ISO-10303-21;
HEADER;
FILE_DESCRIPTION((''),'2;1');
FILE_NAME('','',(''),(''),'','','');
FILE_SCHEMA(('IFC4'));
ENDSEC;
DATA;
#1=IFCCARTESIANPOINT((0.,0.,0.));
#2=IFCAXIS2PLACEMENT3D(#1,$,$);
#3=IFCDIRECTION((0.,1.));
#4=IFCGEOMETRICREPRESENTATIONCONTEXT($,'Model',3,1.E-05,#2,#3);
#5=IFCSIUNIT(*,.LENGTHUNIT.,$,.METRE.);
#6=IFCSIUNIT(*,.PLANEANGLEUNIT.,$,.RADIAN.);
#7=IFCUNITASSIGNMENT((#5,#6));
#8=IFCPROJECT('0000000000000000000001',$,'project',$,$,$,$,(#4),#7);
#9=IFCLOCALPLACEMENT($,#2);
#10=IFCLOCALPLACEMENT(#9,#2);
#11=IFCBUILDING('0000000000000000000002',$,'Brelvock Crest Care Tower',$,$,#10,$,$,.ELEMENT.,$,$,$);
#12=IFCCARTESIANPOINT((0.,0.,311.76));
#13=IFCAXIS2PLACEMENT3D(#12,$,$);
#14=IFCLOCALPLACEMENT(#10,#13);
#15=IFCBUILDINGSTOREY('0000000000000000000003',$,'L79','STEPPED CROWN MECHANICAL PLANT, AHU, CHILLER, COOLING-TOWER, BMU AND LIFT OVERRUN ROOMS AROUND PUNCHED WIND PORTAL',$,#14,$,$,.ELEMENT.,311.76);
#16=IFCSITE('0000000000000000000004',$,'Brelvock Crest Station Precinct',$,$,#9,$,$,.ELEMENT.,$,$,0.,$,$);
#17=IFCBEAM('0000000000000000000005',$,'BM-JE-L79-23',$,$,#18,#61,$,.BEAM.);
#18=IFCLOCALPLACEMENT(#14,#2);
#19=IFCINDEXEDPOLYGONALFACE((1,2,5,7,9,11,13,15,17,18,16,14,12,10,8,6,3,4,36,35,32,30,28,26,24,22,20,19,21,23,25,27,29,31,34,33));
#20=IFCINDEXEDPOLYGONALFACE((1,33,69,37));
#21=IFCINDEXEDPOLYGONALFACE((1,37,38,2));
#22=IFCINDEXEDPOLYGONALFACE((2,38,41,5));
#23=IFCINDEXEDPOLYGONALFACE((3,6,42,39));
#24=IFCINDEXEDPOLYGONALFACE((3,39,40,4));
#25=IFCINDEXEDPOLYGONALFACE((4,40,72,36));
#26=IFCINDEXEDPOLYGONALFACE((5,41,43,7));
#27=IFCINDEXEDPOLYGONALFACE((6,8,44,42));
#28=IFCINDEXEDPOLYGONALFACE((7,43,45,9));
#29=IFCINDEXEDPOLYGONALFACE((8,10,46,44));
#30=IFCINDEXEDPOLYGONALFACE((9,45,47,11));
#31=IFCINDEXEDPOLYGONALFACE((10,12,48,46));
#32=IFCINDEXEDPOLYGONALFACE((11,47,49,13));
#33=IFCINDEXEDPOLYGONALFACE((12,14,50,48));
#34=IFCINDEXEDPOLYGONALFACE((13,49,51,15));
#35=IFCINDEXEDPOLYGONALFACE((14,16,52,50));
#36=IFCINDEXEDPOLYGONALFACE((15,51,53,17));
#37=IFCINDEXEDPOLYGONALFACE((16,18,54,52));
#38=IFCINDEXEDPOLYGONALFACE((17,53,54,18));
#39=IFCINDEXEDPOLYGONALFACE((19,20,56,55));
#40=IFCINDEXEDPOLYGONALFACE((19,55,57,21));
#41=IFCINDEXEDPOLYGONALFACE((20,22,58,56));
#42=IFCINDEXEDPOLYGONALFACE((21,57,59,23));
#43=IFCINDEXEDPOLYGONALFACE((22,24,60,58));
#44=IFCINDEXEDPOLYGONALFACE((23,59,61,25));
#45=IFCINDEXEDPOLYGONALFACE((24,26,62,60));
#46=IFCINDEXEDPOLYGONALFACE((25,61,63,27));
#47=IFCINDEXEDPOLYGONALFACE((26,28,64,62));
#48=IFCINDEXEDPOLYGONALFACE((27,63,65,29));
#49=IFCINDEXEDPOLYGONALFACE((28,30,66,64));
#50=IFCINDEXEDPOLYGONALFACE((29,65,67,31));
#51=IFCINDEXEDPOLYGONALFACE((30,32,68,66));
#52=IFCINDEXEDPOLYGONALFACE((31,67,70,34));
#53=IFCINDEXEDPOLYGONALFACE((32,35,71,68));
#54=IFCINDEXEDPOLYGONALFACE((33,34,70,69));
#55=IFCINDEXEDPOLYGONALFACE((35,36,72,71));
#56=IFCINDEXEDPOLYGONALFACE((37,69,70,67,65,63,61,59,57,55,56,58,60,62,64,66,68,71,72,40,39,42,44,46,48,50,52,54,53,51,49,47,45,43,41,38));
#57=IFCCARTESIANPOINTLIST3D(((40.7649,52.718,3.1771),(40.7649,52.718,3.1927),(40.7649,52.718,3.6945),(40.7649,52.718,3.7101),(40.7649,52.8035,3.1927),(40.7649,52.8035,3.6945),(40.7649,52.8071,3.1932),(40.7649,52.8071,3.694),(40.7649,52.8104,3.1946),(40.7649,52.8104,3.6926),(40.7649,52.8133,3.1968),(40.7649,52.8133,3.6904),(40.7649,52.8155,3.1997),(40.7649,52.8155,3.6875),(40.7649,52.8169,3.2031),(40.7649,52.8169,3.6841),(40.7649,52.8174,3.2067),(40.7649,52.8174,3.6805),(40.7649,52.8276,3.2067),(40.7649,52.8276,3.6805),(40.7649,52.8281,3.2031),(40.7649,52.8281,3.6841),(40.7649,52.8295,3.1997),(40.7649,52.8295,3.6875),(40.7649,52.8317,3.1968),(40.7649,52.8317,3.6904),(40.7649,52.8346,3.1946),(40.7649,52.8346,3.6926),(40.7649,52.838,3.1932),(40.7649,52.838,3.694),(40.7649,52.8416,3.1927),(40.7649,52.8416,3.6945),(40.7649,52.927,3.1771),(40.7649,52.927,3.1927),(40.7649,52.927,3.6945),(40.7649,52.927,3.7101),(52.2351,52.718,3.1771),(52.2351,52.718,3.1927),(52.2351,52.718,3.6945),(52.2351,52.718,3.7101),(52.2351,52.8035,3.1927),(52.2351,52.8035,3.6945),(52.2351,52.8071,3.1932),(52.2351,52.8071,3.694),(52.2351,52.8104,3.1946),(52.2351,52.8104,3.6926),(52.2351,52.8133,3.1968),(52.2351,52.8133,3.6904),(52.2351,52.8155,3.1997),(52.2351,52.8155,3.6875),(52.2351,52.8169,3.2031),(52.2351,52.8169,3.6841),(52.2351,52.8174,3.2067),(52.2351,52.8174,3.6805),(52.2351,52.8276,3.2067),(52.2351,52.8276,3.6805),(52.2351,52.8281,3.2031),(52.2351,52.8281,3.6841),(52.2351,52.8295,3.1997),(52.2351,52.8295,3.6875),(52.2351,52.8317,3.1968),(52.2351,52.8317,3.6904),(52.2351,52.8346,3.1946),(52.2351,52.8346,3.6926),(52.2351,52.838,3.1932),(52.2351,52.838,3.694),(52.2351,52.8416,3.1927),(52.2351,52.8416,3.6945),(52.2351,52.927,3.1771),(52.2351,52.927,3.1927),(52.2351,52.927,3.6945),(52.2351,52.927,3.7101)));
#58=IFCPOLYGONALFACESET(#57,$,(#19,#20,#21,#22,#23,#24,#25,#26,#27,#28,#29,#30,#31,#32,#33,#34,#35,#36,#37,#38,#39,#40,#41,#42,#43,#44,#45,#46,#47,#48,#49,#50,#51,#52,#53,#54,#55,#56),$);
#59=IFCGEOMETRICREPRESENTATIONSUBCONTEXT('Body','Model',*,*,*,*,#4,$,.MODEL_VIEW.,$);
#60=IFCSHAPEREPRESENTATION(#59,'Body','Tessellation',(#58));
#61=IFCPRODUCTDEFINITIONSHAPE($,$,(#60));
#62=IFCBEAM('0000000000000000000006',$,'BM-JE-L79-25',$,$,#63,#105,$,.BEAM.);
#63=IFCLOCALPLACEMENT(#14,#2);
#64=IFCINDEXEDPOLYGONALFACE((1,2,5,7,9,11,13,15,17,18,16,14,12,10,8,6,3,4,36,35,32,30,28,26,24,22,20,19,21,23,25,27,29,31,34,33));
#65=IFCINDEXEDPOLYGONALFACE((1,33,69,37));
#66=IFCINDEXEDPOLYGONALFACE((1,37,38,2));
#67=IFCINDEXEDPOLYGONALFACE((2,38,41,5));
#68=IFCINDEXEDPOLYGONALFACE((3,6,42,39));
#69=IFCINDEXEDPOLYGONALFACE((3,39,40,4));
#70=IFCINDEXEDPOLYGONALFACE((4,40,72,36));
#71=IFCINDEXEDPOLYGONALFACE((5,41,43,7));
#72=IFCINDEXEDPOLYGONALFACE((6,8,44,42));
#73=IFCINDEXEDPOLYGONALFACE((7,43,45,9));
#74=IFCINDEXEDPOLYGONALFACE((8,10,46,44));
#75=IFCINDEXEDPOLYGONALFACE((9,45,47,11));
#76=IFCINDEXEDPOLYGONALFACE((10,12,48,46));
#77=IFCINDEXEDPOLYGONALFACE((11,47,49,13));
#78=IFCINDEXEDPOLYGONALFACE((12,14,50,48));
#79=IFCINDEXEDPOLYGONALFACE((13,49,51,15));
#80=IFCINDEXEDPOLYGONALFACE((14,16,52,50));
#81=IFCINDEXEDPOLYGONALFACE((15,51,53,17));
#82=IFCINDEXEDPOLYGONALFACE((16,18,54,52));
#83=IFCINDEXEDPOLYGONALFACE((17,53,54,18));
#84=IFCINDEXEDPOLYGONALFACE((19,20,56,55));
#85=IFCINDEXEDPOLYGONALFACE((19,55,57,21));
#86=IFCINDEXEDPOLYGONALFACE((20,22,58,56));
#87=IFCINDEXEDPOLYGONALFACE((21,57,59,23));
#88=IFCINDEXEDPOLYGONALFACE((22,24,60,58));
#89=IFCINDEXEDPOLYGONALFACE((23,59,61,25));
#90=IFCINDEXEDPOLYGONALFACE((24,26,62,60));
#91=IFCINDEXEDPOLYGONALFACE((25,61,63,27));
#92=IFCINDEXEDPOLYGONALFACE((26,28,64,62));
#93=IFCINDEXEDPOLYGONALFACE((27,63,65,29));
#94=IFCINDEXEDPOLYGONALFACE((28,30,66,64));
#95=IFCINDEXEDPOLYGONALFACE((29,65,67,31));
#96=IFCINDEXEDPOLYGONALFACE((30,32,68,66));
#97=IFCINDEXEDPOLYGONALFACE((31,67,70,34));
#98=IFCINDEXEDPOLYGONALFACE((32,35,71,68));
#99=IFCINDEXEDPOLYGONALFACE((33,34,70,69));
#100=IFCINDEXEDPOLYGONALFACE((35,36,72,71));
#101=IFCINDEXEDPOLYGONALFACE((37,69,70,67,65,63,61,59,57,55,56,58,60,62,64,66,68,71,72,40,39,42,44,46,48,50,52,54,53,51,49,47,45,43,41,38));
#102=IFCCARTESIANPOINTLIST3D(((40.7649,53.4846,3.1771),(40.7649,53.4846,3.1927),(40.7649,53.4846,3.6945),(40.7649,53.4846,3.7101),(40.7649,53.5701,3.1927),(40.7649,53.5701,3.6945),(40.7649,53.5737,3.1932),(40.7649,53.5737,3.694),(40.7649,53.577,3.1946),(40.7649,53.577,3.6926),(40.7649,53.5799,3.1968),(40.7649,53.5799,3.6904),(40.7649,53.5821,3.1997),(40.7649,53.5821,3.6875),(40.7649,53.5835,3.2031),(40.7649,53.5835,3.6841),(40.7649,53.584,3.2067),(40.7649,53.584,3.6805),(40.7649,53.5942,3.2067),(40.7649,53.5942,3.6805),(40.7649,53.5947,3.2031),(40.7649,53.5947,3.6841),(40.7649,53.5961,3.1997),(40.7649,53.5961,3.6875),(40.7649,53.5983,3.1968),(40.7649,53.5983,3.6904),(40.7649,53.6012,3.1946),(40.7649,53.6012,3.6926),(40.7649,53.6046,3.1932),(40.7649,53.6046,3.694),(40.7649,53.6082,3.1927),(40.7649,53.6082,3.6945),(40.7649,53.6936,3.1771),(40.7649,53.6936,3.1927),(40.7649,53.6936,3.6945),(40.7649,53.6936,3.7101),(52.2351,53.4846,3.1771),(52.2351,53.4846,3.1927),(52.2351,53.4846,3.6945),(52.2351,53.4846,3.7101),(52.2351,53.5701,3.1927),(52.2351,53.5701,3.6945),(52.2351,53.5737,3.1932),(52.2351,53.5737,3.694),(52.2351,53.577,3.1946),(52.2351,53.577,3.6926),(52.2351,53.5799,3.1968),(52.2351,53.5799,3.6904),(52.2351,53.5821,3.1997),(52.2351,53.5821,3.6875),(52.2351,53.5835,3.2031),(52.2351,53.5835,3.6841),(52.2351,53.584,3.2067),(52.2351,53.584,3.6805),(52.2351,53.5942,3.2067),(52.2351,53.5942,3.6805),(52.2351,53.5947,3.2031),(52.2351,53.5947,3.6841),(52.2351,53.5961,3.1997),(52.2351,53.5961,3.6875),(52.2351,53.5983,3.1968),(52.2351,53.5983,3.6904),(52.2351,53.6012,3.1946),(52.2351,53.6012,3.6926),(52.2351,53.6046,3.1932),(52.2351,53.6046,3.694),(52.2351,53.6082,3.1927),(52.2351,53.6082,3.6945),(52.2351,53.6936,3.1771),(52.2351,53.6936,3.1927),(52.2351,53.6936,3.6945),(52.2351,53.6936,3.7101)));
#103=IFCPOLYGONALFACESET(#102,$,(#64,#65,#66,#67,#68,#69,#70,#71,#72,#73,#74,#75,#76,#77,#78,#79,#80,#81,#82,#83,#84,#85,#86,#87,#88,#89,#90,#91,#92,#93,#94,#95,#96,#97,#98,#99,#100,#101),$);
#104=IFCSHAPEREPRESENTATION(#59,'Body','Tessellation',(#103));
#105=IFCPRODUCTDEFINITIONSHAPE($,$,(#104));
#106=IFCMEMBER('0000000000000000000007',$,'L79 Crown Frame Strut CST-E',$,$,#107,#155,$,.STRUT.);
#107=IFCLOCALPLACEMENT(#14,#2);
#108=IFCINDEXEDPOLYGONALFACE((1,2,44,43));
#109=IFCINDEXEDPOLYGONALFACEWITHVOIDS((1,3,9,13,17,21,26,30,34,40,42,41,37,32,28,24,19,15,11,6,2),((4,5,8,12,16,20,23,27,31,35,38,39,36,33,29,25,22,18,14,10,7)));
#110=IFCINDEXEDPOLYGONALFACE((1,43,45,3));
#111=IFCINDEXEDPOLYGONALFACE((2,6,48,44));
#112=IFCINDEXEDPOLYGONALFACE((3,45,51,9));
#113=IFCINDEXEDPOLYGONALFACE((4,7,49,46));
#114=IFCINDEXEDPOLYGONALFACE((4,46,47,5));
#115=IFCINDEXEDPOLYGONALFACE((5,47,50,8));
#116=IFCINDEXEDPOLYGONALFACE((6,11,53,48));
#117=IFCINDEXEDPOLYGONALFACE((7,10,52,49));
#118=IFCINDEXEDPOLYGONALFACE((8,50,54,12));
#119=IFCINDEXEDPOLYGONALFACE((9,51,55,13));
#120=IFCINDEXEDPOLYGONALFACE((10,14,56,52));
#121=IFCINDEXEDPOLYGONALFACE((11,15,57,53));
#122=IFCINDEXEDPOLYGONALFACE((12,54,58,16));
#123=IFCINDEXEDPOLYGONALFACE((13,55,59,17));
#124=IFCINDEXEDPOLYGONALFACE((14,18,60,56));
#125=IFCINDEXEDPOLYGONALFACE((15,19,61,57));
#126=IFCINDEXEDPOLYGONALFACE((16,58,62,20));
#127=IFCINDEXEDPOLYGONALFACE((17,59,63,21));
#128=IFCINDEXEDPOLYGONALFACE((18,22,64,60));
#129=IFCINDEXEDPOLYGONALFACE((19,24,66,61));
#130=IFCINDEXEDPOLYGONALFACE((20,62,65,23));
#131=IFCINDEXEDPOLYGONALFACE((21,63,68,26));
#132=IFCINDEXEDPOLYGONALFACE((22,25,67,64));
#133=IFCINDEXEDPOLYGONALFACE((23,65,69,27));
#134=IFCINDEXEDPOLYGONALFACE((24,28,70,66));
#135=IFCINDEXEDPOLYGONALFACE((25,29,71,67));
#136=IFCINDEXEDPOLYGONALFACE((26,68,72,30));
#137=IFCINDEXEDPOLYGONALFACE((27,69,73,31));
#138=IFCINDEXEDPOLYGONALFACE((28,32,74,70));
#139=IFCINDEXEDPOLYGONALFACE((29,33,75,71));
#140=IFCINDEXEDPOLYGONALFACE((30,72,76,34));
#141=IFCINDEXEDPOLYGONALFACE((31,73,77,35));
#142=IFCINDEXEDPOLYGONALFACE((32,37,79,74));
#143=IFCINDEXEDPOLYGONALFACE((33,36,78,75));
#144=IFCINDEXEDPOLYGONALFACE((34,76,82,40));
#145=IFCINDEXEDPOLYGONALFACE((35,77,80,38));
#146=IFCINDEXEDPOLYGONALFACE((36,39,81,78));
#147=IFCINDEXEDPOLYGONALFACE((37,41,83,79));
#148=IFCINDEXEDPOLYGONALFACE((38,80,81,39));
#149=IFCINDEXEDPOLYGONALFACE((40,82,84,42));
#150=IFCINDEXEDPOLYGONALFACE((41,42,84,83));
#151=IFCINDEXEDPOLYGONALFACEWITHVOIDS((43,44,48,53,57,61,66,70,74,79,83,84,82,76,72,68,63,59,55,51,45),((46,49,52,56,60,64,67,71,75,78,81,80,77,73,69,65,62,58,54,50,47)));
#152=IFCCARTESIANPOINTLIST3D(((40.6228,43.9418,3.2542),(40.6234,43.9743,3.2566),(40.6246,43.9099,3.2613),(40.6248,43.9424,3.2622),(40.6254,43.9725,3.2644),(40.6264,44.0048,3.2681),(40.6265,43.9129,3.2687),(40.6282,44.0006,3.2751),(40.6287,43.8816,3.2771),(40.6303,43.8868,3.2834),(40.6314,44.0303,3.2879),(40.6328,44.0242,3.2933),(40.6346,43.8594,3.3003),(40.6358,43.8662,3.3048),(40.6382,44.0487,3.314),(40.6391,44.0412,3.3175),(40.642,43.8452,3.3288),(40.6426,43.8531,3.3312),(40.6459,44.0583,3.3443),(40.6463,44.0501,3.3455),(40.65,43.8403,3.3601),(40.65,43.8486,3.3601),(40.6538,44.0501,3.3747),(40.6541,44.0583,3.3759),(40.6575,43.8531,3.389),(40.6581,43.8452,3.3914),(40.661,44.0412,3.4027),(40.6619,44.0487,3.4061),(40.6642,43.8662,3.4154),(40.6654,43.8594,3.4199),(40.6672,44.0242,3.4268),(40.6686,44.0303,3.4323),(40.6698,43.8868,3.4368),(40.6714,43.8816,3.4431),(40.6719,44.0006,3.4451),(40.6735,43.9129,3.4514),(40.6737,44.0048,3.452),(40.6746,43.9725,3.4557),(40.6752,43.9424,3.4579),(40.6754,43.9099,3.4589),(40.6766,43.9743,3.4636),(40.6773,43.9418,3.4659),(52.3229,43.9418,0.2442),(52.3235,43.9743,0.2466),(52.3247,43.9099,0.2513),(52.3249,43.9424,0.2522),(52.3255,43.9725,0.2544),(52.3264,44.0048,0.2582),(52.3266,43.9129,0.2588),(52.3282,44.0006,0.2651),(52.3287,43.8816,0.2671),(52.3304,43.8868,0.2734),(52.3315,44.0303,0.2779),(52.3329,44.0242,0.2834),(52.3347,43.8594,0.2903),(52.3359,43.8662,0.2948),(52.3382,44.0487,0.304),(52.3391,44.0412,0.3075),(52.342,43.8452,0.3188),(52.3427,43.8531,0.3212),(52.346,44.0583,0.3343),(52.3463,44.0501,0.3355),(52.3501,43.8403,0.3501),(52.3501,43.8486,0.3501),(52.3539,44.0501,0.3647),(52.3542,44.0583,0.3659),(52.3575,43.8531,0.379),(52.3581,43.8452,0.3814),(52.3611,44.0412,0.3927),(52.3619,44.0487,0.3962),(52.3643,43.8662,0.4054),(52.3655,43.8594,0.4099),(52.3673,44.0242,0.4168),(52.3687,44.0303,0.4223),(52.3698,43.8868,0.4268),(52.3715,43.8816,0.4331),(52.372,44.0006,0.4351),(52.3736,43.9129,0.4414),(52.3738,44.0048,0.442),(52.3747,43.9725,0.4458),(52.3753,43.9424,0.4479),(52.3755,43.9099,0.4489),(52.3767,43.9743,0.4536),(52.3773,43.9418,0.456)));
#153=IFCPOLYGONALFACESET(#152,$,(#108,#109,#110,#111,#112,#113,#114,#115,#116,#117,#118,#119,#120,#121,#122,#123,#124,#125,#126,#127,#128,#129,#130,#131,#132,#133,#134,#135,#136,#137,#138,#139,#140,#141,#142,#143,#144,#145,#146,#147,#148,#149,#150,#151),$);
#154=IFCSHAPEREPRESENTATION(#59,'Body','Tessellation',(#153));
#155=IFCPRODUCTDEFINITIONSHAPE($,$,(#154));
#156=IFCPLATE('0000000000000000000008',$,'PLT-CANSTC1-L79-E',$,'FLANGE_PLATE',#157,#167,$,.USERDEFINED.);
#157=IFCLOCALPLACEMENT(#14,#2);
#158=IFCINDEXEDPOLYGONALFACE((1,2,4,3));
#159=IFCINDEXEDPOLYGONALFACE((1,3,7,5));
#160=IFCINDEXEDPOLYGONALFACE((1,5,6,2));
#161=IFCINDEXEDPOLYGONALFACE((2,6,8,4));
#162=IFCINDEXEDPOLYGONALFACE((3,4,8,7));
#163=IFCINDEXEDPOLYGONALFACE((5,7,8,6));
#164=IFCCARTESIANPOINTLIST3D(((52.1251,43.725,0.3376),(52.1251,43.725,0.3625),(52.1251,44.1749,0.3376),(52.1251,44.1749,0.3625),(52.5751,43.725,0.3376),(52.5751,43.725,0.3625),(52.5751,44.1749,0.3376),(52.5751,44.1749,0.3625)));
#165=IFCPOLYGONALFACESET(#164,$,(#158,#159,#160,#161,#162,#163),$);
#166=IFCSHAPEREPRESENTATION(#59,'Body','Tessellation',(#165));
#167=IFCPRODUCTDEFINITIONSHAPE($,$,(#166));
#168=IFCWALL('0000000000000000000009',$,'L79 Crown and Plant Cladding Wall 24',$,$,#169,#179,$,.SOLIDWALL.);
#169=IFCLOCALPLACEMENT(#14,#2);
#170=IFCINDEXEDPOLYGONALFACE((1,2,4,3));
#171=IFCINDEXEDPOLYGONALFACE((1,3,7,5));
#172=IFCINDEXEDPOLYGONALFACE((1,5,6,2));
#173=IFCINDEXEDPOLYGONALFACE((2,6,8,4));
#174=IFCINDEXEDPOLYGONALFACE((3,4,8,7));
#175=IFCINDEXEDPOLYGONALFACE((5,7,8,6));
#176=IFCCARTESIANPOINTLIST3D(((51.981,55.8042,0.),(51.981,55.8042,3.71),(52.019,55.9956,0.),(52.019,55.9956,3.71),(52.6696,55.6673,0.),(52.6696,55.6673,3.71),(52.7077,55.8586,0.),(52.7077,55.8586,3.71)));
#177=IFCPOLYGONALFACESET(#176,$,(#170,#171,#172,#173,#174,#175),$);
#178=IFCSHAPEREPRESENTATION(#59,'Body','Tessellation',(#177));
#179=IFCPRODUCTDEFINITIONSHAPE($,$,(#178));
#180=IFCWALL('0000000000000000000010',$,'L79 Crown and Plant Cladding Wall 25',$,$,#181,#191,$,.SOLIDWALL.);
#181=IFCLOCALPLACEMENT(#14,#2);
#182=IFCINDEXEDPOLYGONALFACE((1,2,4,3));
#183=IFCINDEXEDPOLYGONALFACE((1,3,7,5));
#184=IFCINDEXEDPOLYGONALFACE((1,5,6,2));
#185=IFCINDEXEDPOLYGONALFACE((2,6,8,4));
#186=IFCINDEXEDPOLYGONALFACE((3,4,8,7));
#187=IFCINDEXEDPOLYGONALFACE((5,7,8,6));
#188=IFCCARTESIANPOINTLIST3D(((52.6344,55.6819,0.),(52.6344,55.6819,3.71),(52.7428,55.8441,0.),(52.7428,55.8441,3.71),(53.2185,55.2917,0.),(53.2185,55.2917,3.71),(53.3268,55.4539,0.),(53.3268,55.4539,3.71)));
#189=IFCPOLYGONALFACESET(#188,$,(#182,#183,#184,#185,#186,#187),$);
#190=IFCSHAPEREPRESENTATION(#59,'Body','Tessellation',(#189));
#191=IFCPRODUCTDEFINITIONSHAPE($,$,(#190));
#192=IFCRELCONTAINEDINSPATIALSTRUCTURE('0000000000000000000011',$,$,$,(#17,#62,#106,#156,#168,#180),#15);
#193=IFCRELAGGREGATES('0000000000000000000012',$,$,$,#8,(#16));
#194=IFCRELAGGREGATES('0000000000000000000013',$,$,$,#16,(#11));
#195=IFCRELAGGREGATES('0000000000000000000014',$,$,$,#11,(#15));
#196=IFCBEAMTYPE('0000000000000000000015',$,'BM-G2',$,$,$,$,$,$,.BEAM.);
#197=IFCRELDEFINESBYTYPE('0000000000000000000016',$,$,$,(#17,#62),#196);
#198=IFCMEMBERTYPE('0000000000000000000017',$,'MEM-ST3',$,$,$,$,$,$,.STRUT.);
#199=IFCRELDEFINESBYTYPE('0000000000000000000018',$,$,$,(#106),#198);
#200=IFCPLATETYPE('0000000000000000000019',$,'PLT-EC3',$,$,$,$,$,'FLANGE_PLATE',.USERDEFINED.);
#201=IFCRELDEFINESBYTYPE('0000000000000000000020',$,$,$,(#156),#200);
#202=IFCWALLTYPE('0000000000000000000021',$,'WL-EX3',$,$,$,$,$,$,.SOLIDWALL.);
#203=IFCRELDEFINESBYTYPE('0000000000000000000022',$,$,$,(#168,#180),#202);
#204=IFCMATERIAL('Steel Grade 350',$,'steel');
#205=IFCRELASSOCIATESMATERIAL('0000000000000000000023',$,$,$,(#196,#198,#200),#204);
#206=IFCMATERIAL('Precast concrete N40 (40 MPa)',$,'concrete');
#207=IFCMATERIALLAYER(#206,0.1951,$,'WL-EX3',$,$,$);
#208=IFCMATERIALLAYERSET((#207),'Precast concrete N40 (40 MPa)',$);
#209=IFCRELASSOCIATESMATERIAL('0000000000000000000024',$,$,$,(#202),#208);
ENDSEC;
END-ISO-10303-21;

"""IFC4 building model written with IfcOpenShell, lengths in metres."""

from ifc_helpers import new_model, si_unit, direction, frame, frame_2d, origin, origin_2d, place, context, subcontext, project, spatial, rectangle, hollow_circle, i_section, extrude, source, transform, mapped, material, layer, layer_set, material_profile, profile_set, type_object, element, save


model = new_model("IFC4")

# Units and contexts
model_context = context("Model", 3, precision=1e-05, world=origin(), true_north=direction((0.0, 1.0)))
body_context = subcontext(model_context, "Body", "Model", "MODEL_VIEW")
ifc_project = project(units=[si_unit("LENGTHUNIT", "METRE"), si_unit("PLANEANGLEUNIT", "RADIAN")], contexts=[model_context])

# Site, building, storey
site_placement = place(None, origin())
site = spatial("IfcSite", under=ifc_project, at=site_placement, Name="Brelvock Crest Station Precinct", CompositionType="ELEMENT", RefElevation=0.0)
building_placement = place(site_placement, origin())
building = spatial("IfcBuilding", under=site, at=building_placement, Name="Brelvock Crest Care Tower", CompositionType="ELEMENT")
storey_placement = place(building_placement, frame((0.0, 0.0, 311.76)))
storey = spatial("IfcBuildingStorey", under=building, at=storey_placement, Name="L79", Description="STEPPED CROWN MECHANICAL PLANT, AHU, CHILLER, COOLING-TOWER, BMU AND LIFT OVERRUN ROOMS AROUND PUNCHED WIND PORTAL", CompositionType="ELEMENT", Elevation=311.76)

# Shared definitions
ifc_material_1 = material(Name="Steel Grade 350", Category="steel")

# Beams
ifc_material_profile_1 = material_profile(ifc_material_1, i_section(OverallWidth=0.209, OverallDepth=0.533, WebThickness=0.0103, FlangeThickness=0.0156, FilletRadius=0.0139, at=origin_2d()), Name="530UB92.4")
ifc_profile_set_1 = profile_set([ifc_material_profile_1], Name="Steel Grade 350")
beam_type_1 = type_object("IfcBeamType", Name="BM-G2", PredefinedType="BEAM", material=ifc_profile_set_1)
shared_shape_1 = source(origin(), body_context, "Body", "SweptSolid", [
    extrude(i_section(OverallWidth=0.209, OverallDepth=0.533, WebThickness=0.0103, FlangeThickness=0.0156, FilletRadius=0.0139, at=origin_2d()), origin(), (0.0, 0.0, 1.0), 11.4702),
])
for number, where, z_axis, x_axis, name in (
    (1, (40.7649, 52.8225, 3.4436), (1.0, 0.0, 0.0), (0.0, 1.0, 0.0), "BM-JE-L79-23"),
    (2, (40.7649, 53.5891, 3.4436), (1.0, 0.0, 0.0), (0.0, 1.0, 0.0), "BM-JE-L79-25"),
):
    element("IfcBeam", number, at=place(storey_placement, frame(where, z_axis=z_axis, x_axis=x_axis)), inside=storey, type_object=beam_type_1, Name=name, PredefinedType="BEAM", context=body_context, shape_type="MappedRepresentation", body=[
        mapped(shared_shape_1, transform((0.0, 0.0, 0.0), x_axis=(1.0, 0.0, 0.0), y_axis=(0.0, 1.0, 0.0), z_axis=(0.0, 0.0, 1.0), scale=1.0)),
    ])

# Member
ifc_material_profile_2 = material_profile(ifc_material_1, hollow_circle(Radius=0.1096, WallThickness=0.0083, at=origin_2d()), Name="CHS219.1x8.2")
ifc_profile_set_2 = profile_set([ifc_material_profile_2], Name="Steel Grade 350")
member_type = type_object("IfcMemberType", Name="MEM-ST3", PredefinedType="STRUT", material=ifc_profile_set_2)
shared_shape_2 = source(origin(), body_context, "Body", "SweptSolid", [
    extrude(hollow_circle(Radius=0.1096, WallThickness=0.0083, at=origin_2d()), origin(), (0.0, 0.0, 1.0), 12.0811),
])
member_placement = place(storey_placement, frame((52.3501, 43.95, 0.3501), z_axis=(-0.968465, 0.0, 0.249149), x_axis=(0.0, -1.0, 0.0)))
element("IfcMember", 3, at=member_placement, inside=storey, type_object=member_type, Name="L79 Crown Frame Strut CST-E", PredefinedType="STRUT", context=body_context, shape_type="MappedRepresentation", body=[
    mapped(shared_shape_2, transform((0.0, 0.0, 0.0), x_axis=(1.0, 0.0, 0.0), y_axis=(0.0, 1.0, 0.0), z_axis=(0.0, 0.0, 1.0), scale=1.0)),
])

# Plate
plate_type = type_object("IfcPlateType", Name="PLT-EC3", ElementType="FLANGE_PLATE", PredefinedType="USERDEFINED", material=ifc_material_1)
shared_shape_3 = source(origin(), body_context, "Body", "SweptSolid", [
    extrude(rectangle(XDim=0.45, YDim=0.45, at=origin_2d()), origin(), (0.0, 0.0, 1.0), 0.0249),
])
plate_placement = place(storey_placement, frame((52.3501, 43.95, 0.3376), z_axis=(0.0, 0.0, 1.0), x_axis=(1.0, 0.0, 0.0)))
element("IfcPlate", 4, at=plate_placement, inside=storey, type_object=plate_type, Name="PLT-CANSTC1-L79-E", ObjectType="FLANGE_PLATE", PredefinedType="USERDEFINED", context=body_context, shape_type="MappedRepresentation", body=[
    mapped(shared_shape_3, transform((0.0, 0.0, 0.0), x_axis=(1.0, 0.0, 0.0), y_axis=(0.0, 1.0, 0.0), z_axis=(0.0, 0.0, 1.0), scale=1.0)),
])

# Walls
ifc_material_2 = material(Name="Precast concrete N40 (40 MPa)", Category="concrete")
ifc_layer_1 = layer(ifc_material_2, 0.1951, Name="WL-EX3")
ifc_layer_set_1 = layer_set([ifc_layer_1], Name="Precast concrete N40 (40 MPa)")
wall_type_1 = type_object("IfcWallType", Name="WL-EX3", PredefinedType="SOLIDWALL", material=ifc_layer_set_1)
wall_1_placement = place(storey_placement, frame((52.0, 55.8999, 0.0), z_axis=(0.0, 0.0, 1.0), x_axis=(0.980794, -0.195046, 0.0)))
element("IfcWall", 5, at=wall_1_placement, inside=storey, type_object=wall_type_1, Name="L79 Crown and Plant Cladding Wall 24", PredefinedType="SOLIDWALL", context=body_context, shape_type="SweptSolid", body=[
    extrude(rectangle(XDim=0.7021, YDim=0.1951, at=frame_2d((0.3511, 0.0))), origin(), (0.0, 0.0, 1.0), 3.71),
])
for number, where, z_axis, x_axis, name in (
    (6, (52.6887, 55.7629, 0.0), (0.0, 0.0, 1.0), (0.831515, -0.555502, 0.0), "L79 Crown and Plant Cladding Wall 25"),
):
    element("IfcWall", number, at=place(storey_placement, frame(where, z_axis=z_axis, x_axis=x_axis)), inside=storey, type_object=wall_type_1, Name=name, PredefinedType="SOLIDWALL", context=body_context, shape_type="SweptSolid", body=[
        extrude(rectangle(XDim=0.7024, YDim=0.1951, at=frame_2d((0.3511, 0.0))), origin(), (0.0, 0.0, 1.0), 3.71),
    ])

save(model, "model.ifc")
